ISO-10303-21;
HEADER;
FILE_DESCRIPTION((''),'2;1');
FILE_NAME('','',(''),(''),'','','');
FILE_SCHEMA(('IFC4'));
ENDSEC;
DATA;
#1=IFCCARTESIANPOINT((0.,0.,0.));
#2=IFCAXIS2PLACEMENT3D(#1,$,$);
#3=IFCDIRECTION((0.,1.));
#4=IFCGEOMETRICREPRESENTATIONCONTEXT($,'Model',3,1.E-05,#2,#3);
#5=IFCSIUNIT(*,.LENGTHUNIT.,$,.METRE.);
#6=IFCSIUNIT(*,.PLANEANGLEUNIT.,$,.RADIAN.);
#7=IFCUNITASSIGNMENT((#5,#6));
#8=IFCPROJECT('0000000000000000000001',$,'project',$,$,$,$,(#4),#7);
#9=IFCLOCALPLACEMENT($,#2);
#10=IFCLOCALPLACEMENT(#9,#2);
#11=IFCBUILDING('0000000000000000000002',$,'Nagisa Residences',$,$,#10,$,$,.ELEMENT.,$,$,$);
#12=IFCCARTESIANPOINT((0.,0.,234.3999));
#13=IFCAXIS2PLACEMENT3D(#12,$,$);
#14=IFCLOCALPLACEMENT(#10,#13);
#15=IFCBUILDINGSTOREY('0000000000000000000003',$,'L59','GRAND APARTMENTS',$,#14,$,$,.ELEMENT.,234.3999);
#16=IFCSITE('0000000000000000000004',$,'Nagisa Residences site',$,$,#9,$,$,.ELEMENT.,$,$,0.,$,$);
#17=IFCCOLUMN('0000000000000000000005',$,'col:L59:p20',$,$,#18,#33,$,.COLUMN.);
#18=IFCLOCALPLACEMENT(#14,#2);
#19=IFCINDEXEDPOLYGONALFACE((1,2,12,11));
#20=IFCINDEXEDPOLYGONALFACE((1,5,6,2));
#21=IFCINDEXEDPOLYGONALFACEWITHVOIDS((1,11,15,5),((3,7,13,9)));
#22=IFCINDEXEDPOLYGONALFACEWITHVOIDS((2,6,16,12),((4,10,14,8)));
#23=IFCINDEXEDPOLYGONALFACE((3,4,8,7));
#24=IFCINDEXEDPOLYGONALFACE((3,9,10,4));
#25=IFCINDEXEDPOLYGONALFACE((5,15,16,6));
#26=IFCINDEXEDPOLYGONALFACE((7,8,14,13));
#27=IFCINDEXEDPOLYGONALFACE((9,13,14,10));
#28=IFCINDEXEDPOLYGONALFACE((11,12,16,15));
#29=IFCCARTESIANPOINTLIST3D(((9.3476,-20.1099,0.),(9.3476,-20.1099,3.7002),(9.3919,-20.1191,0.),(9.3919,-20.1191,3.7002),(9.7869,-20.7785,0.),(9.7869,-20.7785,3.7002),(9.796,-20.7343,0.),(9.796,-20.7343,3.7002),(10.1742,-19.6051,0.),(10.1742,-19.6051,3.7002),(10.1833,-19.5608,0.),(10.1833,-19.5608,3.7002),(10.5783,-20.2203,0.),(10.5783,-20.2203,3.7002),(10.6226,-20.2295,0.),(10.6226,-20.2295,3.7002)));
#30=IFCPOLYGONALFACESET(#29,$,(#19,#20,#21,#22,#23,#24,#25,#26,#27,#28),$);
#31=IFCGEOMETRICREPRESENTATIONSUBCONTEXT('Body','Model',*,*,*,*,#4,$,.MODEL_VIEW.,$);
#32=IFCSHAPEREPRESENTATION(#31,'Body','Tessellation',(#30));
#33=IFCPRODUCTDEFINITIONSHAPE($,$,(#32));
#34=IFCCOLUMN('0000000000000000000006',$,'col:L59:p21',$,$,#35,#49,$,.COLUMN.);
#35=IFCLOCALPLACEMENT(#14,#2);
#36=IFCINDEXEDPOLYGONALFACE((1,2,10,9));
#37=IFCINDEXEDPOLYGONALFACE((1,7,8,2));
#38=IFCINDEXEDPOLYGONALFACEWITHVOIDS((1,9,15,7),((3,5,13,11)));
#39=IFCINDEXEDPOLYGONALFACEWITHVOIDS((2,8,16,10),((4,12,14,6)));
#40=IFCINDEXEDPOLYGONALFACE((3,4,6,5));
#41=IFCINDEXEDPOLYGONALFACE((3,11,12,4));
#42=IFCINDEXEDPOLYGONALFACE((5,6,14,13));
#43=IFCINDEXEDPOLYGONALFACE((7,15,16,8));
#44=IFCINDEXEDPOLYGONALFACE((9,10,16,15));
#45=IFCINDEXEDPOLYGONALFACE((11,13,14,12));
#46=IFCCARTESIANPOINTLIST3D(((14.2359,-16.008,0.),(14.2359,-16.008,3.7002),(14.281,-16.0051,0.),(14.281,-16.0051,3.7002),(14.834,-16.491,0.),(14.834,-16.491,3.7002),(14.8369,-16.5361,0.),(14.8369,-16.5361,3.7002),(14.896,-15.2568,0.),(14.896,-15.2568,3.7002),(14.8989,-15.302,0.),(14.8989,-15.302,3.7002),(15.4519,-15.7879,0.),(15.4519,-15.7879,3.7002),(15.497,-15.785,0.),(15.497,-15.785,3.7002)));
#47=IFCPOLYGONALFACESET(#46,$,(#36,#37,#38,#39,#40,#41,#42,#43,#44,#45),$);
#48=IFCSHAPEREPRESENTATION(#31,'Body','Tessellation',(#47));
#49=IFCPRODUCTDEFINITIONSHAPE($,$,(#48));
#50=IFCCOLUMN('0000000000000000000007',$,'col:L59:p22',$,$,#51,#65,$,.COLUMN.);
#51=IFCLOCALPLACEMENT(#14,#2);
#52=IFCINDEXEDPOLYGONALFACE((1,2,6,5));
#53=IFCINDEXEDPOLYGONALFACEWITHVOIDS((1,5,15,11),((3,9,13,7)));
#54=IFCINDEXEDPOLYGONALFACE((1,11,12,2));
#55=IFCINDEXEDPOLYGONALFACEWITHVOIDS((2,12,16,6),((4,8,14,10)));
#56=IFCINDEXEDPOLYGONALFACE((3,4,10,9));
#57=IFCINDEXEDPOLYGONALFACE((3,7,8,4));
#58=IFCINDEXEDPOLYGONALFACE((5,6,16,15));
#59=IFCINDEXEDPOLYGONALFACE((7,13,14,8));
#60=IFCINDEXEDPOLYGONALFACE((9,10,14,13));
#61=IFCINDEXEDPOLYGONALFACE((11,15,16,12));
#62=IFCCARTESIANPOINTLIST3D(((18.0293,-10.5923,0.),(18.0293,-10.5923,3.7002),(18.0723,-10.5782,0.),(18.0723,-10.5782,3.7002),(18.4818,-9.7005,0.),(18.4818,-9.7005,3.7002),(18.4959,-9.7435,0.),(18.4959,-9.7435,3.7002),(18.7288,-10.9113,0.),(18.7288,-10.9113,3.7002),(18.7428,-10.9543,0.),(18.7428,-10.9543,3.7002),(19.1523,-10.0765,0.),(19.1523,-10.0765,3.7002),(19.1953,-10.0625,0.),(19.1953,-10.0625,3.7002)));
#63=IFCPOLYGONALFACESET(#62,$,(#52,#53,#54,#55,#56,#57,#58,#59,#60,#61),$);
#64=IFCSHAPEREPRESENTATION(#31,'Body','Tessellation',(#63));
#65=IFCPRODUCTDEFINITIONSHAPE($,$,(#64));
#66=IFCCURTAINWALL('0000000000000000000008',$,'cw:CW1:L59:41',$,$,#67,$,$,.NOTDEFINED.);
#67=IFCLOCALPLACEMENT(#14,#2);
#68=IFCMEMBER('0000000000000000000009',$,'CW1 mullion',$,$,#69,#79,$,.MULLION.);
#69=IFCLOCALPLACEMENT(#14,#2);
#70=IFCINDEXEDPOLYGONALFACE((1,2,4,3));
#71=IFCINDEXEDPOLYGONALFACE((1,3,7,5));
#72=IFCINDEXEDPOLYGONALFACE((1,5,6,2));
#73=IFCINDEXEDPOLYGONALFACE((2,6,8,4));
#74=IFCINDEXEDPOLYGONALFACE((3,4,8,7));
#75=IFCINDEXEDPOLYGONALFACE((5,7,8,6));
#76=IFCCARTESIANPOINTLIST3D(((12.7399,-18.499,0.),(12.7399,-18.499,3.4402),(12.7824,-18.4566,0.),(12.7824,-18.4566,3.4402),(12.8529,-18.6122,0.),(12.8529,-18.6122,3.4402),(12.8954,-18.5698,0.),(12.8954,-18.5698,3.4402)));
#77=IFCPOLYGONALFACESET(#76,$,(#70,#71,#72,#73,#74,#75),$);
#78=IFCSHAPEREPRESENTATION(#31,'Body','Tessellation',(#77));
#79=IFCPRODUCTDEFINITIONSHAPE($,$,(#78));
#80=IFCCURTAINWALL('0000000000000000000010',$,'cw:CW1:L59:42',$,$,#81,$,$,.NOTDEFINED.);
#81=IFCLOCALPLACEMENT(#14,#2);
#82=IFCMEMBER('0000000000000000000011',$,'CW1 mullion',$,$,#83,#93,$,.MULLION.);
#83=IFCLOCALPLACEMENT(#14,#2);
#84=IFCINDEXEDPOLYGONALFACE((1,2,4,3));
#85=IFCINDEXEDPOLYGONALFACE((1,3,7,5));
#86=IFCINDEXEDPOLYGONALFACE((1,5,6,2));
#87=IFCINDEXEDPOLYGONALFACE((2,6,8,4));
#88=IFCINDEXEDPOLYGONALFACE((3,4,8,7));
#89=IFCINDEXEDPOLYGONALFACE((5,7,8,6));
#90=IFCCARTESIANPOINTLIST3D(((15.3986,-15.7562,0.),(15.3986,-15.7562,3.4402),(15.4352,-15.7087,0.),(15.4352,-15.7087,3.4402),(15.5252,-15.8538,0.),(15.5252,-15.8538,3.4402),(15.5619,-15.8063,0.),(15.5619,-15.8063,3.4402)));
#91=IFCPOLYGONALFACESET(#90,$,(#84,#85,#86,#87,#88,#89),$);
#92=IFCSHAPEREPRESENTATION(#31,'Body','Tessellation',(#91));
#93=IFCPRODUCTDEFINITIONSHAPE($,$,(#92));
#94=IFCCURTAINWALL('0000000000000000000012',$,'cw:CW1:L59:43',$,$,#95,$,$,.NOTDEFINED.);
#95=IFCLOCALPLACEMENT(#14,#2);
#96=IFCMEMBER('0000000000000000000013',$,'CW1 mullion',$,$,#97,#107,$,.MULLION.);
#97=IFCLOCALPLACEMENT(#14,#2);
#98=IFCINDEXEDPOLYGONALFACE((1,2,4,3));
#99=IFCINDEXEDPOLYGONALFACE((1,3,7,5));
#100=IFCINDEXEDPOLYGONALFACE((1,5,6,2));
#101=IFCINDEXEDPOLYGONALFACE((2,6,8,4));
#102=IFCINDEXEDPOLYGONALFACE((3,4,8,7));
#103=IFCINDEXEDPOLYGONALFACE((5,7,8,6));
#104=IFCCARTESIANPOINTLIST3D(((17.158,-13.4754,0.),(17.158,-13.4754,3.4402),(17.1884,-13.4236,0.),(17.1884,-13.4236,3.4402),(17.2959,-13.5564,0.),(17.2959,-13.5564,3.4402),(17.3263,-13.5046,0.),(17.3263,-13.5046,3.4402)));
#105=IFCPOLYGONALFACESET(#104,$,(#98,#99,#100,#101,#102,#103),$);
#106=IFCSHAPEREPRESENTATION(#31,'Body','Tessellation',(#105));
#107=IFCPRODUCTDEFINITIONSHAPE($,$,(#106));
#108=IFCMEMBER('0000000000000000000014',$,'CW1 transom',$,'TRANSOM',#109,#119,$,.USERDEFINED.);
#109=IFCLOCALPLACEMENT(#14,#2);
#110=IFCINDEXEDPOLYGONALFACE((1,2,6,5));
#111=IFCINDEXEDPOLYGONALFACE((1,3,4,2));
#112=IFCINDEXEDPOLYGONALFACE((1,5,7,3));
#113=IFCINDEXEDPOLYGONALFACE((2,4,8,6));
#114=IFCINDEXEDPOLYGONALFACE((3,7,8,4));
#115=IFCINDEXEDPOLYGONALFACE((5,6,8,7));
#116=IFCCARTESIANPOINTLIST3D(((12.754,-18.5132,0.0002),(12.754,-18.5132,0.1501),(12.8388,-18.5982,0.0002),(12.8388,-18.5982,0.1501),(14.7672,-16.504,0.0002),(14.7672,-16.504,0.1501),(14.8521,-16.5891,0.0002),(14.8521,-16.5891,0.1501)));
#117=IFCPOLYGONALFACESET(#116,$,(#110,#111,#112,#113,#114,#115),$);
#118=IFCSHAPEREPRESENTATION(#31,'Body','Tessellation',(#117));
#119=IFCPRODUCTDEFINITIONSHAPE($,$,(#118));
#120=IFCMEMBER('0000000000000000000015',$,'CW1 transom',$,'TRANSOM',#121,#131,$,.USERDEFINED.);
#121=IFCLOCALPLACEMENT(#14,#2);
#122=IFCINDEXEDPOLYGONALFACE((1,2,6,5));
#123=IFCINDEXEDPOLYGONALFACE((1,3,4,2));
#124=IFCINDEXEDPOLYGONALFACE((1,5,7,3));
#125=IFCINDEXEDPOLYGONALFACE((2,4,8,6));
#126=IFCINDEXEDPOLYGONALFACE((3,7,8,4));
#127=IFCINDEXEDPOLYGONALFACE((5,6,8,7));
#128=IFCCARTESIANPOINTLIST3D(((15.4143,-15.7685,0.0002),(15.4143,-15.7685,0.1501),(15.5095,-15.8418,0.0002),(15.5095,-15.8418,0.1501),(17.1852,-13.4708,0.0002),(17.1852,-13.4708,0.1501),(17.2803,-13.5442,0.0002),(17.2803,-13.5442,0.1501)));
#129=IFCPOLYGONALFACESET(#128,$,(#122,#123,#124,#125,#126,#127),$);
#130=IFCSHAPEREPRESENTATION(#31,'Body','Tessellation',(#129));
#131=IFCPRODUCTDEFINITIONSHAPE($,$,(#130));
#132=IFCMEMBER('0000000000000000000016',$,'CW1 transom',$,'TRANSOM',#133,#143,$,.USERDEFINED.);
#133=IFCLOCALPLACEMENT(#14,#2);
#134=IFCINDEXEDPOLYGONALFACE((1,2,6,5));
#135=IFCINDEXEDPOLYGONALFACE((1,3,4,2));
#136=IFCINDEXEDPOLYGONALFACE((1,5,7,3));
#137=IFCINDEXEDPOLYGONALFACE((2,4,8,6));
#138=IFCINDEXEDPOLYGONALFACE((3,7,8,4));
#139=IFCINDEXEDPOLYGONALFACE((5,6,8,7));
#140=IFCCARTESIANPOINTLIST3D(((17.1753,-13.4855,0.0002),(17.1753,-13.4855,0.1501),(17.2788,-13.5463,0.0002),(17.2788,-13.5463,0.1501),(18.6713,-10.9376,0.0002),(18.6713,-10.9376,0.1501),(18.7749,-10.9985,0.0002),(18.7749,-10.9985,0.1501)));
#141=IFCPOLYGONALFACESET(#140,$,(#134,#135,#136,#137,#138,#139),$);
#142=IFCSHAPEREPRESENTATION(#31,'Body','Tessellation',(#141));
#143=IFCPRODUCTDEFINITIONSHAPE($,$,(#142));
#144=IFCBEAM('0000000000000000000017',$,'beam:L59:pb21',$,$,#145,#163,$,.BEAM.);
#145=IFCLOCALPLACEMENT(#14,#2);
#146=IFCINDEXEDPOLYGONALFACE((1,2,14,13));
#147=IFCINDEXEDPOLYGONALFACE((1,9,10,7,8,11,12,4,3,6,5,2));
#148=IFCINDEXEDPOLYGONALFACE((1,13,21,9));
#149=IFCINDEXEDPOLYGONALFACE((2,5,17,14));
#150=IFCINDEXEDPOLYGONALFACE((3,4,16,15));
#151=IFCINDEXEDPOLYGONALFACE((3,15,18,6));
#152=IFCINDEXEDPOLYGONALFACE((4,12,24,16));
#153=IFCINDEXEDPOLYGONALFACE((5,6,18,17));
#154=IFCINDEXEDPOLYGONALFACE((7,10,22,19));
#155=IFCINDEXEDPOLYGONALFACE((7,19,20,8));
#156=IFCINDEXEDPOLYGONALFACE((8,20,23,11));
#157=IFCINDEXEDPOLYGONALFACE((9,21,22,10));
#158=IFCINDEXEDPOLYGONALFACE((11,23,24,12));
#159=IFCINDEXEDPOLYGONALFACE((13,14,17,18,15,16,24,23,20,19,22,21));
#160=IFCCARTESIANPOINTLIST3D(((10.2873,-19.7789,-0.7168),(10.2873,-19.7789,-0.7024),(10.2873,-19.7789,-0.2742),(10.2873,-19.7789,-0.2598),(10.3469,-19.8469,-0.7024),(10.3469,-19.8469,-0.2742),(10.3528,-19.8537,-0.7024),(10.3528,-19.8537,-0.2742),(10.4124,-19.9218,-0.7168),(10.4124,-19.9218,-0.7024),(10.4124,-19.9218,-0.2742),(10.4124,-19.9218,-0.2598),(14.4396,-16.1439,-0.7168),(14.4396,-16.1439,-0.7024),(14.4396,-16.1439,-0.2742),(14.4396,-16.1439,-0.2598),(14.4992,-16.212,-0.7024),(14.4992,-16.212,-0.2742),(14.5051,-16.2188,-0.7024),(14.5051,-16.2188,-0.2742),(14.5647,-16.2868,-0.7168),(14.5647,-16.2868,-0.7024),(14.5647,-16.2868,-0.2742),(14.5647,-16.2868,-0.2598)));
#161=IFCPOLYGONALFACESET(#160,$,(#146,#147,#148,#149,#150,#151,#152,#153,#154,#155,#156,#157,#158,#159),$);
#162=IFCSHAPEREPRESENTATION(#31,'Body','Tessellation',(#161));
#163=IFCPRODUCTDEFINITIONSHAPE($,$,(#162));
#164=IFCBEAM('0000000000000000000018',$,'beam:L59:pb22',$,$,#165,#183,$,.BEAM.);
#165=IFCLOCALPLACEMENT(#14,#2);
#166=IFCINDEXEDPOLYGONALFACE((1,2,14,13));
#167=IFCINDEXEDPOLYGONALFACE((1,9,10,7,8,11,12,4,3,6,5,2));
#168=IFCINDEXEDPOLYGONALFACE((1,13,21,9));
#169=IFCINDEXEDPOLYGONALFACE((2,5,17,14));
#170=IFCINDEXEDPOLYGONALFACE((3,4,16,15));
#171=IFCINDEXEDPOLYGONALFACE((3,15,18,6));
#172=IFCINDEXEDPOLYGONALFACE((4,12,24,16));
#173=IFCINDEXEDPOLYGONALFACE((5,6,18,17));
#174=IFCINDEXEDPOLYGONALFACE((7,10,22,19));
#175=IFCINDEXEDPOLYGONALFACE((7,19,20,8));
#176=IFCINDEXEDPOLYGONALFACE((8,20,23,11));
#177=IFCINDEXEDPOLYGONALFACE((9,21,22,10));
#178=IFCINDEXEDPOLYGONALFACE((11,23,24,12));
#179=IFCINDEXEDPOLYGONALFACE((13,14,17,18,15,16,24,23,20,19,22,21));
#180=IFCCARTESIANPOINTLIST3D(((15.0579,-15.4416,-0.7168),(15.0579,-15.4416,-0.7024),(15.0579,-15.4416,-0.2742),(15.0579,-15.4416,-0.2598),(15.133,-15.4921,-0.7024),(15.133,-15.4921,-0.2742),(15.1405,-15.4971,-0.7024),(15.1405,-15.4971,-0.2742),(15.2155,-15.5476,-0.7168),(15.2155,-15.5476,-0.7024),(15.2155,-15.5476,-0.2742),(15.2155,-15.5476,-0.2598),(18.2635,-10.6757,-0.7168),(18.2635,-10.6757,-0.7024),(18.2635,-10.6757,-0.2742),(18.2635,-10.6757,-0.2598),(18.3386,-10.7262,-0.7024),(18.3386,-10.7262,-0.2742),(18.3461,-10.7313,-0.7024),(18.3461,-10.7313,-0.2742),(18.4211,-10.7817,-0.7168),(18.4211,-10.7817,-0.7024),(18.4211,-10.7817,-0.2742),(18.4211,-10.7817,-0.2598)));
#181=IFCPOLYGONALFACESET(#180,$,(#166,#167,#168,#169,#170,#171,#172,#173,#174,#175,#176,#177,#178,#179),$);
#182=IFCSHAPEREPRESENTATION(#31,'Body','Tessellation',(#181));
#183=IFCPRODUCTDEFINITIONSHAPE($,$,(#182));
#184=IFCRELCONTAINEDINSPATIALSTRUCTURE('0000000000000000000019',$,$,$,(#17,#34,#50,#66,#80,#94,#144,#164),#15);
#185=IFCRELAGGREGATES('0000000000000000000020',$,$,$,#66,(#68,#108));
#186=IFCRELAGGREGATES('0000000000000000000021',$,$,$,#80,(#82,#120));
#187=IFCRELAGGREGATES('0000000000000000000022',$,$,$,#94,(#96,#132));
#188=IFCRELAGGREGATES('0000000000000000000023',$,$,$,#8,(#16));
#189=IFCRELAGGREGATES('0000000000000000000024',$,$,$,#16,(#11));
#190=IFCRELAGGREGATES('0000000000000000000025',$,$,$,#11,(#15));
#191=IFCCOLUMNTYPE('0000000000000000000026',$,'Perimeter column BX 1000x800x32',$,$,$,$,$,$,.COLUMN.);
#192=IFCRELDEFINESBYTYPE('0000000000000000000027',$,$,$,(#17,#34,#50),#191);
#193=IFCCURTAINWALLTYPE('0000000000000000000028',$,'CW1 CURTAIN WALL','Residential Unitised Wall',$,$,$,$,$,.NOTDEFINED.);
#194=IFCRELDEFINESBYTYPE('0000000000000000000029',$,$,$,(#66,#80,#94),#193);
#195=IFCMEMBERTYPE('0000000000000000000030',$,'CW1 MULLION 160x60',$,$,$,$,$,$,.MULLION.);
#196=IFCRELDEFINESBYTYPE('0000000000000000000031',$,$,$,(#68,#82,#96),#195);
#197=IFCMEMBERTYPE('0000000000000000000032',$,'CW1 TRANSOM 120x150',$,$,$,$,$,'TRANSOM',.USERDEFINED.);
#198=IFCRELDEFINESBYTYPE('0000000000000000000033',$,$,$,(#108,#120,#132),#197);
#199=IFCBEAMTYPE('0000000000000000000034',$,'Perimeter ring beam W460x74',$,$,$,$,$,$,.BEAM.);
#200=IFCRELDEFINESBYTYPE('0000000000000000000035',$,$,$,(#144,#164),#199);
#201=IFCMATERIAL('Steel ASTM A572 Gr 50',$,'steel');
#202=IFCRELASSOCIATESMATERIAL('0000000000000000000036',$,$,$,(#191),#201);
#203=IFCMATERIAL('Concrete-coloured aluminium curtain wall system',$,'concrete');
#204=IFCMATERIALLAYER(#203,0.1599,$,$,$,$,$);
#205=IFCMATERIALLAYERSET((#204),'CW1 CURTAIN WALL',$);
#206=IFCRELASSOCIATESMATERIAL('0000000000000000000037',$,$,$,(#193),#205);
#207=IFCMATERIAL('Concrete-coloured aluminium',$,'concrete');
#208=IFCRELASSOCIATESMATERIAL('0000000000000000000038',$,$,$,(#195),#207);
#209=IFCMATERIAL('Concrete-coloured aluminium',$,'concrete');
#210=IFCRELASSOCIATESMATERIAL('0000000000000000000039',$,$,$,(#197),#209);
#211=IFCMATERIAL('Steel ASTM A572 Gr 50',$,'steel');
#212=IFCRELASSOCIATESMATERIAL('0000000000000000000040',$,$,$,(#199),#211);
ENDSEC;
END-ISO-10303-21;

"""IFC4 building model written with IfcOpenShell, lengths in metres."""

from ifc_helpers import new_model, si_unit, direction, frame, origin, origin_2d, place, context, subcontext, project, spatial, rectangle, hollow_rectangle, i_section, extrude, material, layer, layer_set, material_profile, profile_set, type_object, element, aggregate, save


model = new_model("IFC4")

# Units and contexts
model_context = context("Model", 3, precision=1e-05, world=origin(), true_north=direction((0.0, 1.0)))
body_context = subcontext(model_context, "Body", "Model", "MODEL_VIEW")
ifc_project = project(units=[si_unit("LENGTHUNIT", "METRE"), si_unit("PLANEANGLEUNIT", "RADIAN")], contexts=[model_context])

# Site, building, storey
site_placement = place(None, origin())
site = spatial("IfcSite", under=ifc_project, at=site_placement, Name="Nagisa Residences site", CompositionType="ELEMENT", RefElevation=0.0)
building_placement = place(site_placement, origin())
building = spatial("IfcBuilding", under=site, at=building_placement, Name="Nagisa Residences", CompositionType="ELEMENT")
storey_placement = place(building_placement, frame((0.0, 0.0, 234.3999)))
storey = spatial("IfcBuildingStorey", under=building, at=storey_placement, Name="L59", Description="GRAND APARTMENTS", CompositionType="ELEMENT", Elevation=234.3999)

# Columns
ifc_material_1 = material(Name="Steel ASTM A572 Gr 50", Category="steel")
ifc_material_profile_1 = material_profile(ifc_material_1, hollow_rectangle(XDim=1.0, YDim=0.8, WallThickness=0.032, at=origin_2d()), Name="BX 1000x800x32")
ifc_profile_set_1 = profile_set([ifc_material_profile_1], Name="Steel ASTM A572 Gr 50")
column_type = type_object("IfcColumnType", Name="Perimeter column BX 1000x800x32", PredefinedType="COLUMN", material=ifc_profile_set_1)
for number, where, z_axis, x_axis, name in (
    (1, (9.9851, -20.1697, 0.0), (0.0, 0.0, 1.0), (0.835766, 0.549086, 0.0), "col:L59:p20"),
    (2, (14.8665, -15.8965, 0.0), (0.0, 0.0, 1.0), (0.660115, 0.751165, 0.0), "col:L59:p21"),
    (3, (18.6123, -10.3274, 0.0), (0.0, 0.0, 1.0), (0.452463, 0.891783, 0.0), "col:L59:p22"),
):
    element("IfcColumn", number, at=place(storey_placement, frame(where, z_axis=z_axis, x_axis=x_axis)), inside=storey, type_object=column_type, Name=name, PredefinedType="COLUMN", context=body_context, shape_type="SweptSolid", body=[
        extrude(hollow_rectangle(XDim=1.0, YDim=0.8, WallThickness=0.032, at=origin_2d()), origin(), (0.0, 0.0, 1.0), 3.7002),
    ])

# Curtain walls, members
ifc_material_2 = material(Name="Concrete-coloured aluminium curtain wall system", Category="concrete")
ifc_layer_1 = layer(ifc_material_2, 0.1599)
ifc_layer_set_1 = layer_set([ifc_layer_1], Name="CW1 CURTAIN WALL")
curtain_wall_type = type_object("IfcCurtainWallType", Name="CW1 CURTAIN WALL", Description="Residential Unitised Wall", PredefinedType="NOTDEFINED", material=ifc_layer_set_1)
curtain_wall_1_placement = place(storey_placement, origin())
curtain_wall_1 = element("IfcCurtainWall", 4, at=curtain_wall_1_placement, inside=storey, type_object=curtain_wall_type, Name="cw:CW1:L59:41", PredefinedType="NOTDEFINED")
ifc_material_3 = material(Name="Concrete-coloured aluminium", Category="concrete")
ifc_material_profile_2 = material_profile(ifc_material_3, rectangle(XDim=0.1599, YDim=0.0601, at=origin_2d()), Name="CW1 MULLION 160x60")
ifc_profile_set_2 = profile_set([ifc_material_profile_2], Name="Concrete-coloured aluminium")
member_type_1 = type_object("IfcMemberType", Name="CW1 MULLION 160x60", PredefinedType="MULLION", material=ifc_profile_set_2)
member_1_placement = place(storey_placement, frame((12.8176, -18.5344, 0.0), z_axis=(0.0, 0.0, 1.0), x_axis=(-0.706377, 0.707836, 0.0)))
member_1 = element("IfcMember", 5, at=member_1_placement, type_object=member_type_1, Name="CW1 mullion", PredefinedType="MULLION", context=body_context, shape_type="SweptSolid", body=[
    extrude(rectangle(XDim=0.1599, YDim=0.0601, at=origin_2d()), origin(), (0.0, 0.0, 1.0), 3.4402),
])
curtain_wall_2_placement = place(storey_placement, origin())
curtain_wall_2 = element("IfcCurtainWall", 6, at=curtain_wall_2_placement, inside=storey, type_object=curtain_wall_type, Name="cw:CW1:L59:42", PredefinedType="NOTDEFINED")
member_2_placement = place(storey_placement, frame((15.4802, -15.7812, 0.0), z_axis=(0.0, 0.0, 1.0), x_axis=(-0.79207, 0.61043, 0.0)))
member_2 = element("IfcMember", 7, at=member_2_placement, type_object=member_type_1, Name="CW1 mullion", PredefinedType="MULLION", context=body_context, shape_type="SweptSolid", body=[
    extrude(rectangle(XDim=0.1599, YDim=0.0601, at=origin_2d()), origin(), (0.0, 0.0, 1.0), 3.4402),
])
curtain_wall_3_placement = place(storey_placement, origin())
curtain_wall_3 = element("IfcCurtainWall", 8, at=curtain_wall_3_placement, inside=storey, type_object=curtain_wall_type, Name="cw:CW1:L59:43", PredefinedType="NOTDEFINED")
member_3_placement = place(storey_placement, frame((17.2422, -13.49, 0.0), z_axis=(0.0, 0.0, 1.0), x_axis=(-0.862329, 0.506349, 0.0)))
member_3 = element("IfcMember", 9, at=member_3_placement, type_object=member_type_1, Name="CW1 mullion", PredefinedType="MULLION", context=body_context, shape_type="SweptSolid", body=[
    extrude(rectangle(XDim=0.1599, YDim=0.0601, at=origin_2d()), origin(), (0.0, 0.0, 1.0), 3.4402),
])

# Members
ifc_material_4 = material(Name="Concrete-coloured aluminium", Category="concrete")
ifc_material_profile_3 = material_profile(ifc_material_4, rectangle(XDim=0.1201, YDim=0.1499, at=origin_2d()), Name="CW1 TRANSOM 120x150")
ifc_profile_set_3 = profile_set([ifc_material_profile_3], Name="Concrete-coloured aluminium")
member_type_2 = type_object("IfcMemberType", Name="CW1 TRANSOM 120x150", ElementType="TRANSOM", PredefinedType="USERDEFINED", material=ifc_profile_set_3)
member_4_placement = place(storey_placement, frame((12.7964, -18.5557, 0.0752), z_axis=(0.707836, 0.706377, 0.0), x_axis=(-0.706377, 0.707836, 0.0)))
member_4 = element("IfcMember", 10, at=member_4_placement, type_object=member_type_2, Name="CW1 transom", ObjectType="TRANSOM", PredefinedType="USERDEFINED", context=body_context, shape_type="SweptSolid", body=[
    extrude(rectangle(XDim=0.1201, YDim=0.1499, at=origin_2d()), origin(), (0.0, 0.0, 1.0), 2.8442),
])
member_5_placement = place(storey_placement, frame((15.4619, -15.8052, 0.0752), z_axis=(0.610439, 0.792064, 0.0), x_axis=(-0.792064, 0.610439, 0.0)))
member_5 = element("IfcMember", 11, at=member_5_placement, type_object=member_type_2, Name="CW1 transom", ObjectType="TRANSOM", PredefinedType="USERDEFINED", context=body_context, shape_type="SweptSolid", body=[
    extrude(rectangle(XDim=0.1201, YDim=0.1499, at=origin_2d()), origin(), (0.0, 0.0, 1.0), 2.9009),
])
member_6_placement = place(storey_placement, frame((17.2271, -13.5159, 0.0752), z_axis=(0.506356, 0.862325, 0.0), x_axis=(-0.862325, 0.506356, 0.0)))
member_6 = element("IfcMember", 12, at=member_6_placement, type_object=member_type_2, Name="CW1 transom", ObjectType="TRANSOM", PredefinedType="USERDEFINED", context=body_context, shape_type="SweptSolid", body=[
    extrude(rectangle(XDim=0.1201, YDim=0.1499, at=origin_2d()), origin(), (0.0, 0.0, 1.0), 2.9546),
])

# Beams
ifc_material_5 = material(Name="Steel ASTM A572 Gr 50", Category="steel")
ifc_material_profile_4 = material_profile(ifc_material_5, i_section(OverallWidth=0.1899, OverallDepth=0.457, WebThickness=0.009, FlangeThickness=0.0144, at=origin_2d()), Name="W460x74")
ifc_profile_set_4 = profile_set([ifc_material_profile_4], Name="Steel ASTM A572 Gr 50")
beam_type_1 = type_object("IfcBeamType", Name="Perimeter ring beam W460x74", PredefinedType="BEAM", material=ifc_profile_set_4)
beam_1_placement = place(storey_placement, frame((10.3499, -19.8503, -0.4883), z_axis=(0.752423, 0.65868, 0.0), x_axis=(-0.65868, 0.752423, 0.0)))
element("IfcBeam", 13, at=beam_1_placement, inside=storey, type_object=beam_type_1, Name="beam:L59:pb21", PredefinedType="BEAM", context=body_context, shape_type="SweptSolid", body=[
    extrude(i_section(OverallWidth=0.1899, OverallDepth=0.457, WebThickness=0.009, FlangeThickness=0.0144, at=origin_2d()), origin(), (0.0, 0.0, 1.0), 5.5186),
])
beam_2_placement = place(storey_placement, frame((15.1367, -15.4946, -0.4883), z_axis=(0.558109, 0.829768, 0.0), x_axis=(-0.829768, 0.558109, 0.0)))
element("IfcBeam", 14, at=beam_2_placement, inside=storey, type_object=beam_type_1, Name="beam:L59:pb22", PredefinedType="BEAM", context=body_context, shape_type="SweptSolid", body=[
    extrude(i_section(OverallWidth=0.1899, OverallDepth=0.457, WebThickness=0.009, FlangeThickness=0.0144, at=origin_2d()), origin(), (0.0, 0.0, 1.0), 5.7437),
])

aggregate(curtain_wall_1, [member_1, member_4])
aggregate(curtain_wall_2, [member_2, member_5])
aggregate(curtain_wall_3, [member_3, member_6])

save(model, "model.ifc")
